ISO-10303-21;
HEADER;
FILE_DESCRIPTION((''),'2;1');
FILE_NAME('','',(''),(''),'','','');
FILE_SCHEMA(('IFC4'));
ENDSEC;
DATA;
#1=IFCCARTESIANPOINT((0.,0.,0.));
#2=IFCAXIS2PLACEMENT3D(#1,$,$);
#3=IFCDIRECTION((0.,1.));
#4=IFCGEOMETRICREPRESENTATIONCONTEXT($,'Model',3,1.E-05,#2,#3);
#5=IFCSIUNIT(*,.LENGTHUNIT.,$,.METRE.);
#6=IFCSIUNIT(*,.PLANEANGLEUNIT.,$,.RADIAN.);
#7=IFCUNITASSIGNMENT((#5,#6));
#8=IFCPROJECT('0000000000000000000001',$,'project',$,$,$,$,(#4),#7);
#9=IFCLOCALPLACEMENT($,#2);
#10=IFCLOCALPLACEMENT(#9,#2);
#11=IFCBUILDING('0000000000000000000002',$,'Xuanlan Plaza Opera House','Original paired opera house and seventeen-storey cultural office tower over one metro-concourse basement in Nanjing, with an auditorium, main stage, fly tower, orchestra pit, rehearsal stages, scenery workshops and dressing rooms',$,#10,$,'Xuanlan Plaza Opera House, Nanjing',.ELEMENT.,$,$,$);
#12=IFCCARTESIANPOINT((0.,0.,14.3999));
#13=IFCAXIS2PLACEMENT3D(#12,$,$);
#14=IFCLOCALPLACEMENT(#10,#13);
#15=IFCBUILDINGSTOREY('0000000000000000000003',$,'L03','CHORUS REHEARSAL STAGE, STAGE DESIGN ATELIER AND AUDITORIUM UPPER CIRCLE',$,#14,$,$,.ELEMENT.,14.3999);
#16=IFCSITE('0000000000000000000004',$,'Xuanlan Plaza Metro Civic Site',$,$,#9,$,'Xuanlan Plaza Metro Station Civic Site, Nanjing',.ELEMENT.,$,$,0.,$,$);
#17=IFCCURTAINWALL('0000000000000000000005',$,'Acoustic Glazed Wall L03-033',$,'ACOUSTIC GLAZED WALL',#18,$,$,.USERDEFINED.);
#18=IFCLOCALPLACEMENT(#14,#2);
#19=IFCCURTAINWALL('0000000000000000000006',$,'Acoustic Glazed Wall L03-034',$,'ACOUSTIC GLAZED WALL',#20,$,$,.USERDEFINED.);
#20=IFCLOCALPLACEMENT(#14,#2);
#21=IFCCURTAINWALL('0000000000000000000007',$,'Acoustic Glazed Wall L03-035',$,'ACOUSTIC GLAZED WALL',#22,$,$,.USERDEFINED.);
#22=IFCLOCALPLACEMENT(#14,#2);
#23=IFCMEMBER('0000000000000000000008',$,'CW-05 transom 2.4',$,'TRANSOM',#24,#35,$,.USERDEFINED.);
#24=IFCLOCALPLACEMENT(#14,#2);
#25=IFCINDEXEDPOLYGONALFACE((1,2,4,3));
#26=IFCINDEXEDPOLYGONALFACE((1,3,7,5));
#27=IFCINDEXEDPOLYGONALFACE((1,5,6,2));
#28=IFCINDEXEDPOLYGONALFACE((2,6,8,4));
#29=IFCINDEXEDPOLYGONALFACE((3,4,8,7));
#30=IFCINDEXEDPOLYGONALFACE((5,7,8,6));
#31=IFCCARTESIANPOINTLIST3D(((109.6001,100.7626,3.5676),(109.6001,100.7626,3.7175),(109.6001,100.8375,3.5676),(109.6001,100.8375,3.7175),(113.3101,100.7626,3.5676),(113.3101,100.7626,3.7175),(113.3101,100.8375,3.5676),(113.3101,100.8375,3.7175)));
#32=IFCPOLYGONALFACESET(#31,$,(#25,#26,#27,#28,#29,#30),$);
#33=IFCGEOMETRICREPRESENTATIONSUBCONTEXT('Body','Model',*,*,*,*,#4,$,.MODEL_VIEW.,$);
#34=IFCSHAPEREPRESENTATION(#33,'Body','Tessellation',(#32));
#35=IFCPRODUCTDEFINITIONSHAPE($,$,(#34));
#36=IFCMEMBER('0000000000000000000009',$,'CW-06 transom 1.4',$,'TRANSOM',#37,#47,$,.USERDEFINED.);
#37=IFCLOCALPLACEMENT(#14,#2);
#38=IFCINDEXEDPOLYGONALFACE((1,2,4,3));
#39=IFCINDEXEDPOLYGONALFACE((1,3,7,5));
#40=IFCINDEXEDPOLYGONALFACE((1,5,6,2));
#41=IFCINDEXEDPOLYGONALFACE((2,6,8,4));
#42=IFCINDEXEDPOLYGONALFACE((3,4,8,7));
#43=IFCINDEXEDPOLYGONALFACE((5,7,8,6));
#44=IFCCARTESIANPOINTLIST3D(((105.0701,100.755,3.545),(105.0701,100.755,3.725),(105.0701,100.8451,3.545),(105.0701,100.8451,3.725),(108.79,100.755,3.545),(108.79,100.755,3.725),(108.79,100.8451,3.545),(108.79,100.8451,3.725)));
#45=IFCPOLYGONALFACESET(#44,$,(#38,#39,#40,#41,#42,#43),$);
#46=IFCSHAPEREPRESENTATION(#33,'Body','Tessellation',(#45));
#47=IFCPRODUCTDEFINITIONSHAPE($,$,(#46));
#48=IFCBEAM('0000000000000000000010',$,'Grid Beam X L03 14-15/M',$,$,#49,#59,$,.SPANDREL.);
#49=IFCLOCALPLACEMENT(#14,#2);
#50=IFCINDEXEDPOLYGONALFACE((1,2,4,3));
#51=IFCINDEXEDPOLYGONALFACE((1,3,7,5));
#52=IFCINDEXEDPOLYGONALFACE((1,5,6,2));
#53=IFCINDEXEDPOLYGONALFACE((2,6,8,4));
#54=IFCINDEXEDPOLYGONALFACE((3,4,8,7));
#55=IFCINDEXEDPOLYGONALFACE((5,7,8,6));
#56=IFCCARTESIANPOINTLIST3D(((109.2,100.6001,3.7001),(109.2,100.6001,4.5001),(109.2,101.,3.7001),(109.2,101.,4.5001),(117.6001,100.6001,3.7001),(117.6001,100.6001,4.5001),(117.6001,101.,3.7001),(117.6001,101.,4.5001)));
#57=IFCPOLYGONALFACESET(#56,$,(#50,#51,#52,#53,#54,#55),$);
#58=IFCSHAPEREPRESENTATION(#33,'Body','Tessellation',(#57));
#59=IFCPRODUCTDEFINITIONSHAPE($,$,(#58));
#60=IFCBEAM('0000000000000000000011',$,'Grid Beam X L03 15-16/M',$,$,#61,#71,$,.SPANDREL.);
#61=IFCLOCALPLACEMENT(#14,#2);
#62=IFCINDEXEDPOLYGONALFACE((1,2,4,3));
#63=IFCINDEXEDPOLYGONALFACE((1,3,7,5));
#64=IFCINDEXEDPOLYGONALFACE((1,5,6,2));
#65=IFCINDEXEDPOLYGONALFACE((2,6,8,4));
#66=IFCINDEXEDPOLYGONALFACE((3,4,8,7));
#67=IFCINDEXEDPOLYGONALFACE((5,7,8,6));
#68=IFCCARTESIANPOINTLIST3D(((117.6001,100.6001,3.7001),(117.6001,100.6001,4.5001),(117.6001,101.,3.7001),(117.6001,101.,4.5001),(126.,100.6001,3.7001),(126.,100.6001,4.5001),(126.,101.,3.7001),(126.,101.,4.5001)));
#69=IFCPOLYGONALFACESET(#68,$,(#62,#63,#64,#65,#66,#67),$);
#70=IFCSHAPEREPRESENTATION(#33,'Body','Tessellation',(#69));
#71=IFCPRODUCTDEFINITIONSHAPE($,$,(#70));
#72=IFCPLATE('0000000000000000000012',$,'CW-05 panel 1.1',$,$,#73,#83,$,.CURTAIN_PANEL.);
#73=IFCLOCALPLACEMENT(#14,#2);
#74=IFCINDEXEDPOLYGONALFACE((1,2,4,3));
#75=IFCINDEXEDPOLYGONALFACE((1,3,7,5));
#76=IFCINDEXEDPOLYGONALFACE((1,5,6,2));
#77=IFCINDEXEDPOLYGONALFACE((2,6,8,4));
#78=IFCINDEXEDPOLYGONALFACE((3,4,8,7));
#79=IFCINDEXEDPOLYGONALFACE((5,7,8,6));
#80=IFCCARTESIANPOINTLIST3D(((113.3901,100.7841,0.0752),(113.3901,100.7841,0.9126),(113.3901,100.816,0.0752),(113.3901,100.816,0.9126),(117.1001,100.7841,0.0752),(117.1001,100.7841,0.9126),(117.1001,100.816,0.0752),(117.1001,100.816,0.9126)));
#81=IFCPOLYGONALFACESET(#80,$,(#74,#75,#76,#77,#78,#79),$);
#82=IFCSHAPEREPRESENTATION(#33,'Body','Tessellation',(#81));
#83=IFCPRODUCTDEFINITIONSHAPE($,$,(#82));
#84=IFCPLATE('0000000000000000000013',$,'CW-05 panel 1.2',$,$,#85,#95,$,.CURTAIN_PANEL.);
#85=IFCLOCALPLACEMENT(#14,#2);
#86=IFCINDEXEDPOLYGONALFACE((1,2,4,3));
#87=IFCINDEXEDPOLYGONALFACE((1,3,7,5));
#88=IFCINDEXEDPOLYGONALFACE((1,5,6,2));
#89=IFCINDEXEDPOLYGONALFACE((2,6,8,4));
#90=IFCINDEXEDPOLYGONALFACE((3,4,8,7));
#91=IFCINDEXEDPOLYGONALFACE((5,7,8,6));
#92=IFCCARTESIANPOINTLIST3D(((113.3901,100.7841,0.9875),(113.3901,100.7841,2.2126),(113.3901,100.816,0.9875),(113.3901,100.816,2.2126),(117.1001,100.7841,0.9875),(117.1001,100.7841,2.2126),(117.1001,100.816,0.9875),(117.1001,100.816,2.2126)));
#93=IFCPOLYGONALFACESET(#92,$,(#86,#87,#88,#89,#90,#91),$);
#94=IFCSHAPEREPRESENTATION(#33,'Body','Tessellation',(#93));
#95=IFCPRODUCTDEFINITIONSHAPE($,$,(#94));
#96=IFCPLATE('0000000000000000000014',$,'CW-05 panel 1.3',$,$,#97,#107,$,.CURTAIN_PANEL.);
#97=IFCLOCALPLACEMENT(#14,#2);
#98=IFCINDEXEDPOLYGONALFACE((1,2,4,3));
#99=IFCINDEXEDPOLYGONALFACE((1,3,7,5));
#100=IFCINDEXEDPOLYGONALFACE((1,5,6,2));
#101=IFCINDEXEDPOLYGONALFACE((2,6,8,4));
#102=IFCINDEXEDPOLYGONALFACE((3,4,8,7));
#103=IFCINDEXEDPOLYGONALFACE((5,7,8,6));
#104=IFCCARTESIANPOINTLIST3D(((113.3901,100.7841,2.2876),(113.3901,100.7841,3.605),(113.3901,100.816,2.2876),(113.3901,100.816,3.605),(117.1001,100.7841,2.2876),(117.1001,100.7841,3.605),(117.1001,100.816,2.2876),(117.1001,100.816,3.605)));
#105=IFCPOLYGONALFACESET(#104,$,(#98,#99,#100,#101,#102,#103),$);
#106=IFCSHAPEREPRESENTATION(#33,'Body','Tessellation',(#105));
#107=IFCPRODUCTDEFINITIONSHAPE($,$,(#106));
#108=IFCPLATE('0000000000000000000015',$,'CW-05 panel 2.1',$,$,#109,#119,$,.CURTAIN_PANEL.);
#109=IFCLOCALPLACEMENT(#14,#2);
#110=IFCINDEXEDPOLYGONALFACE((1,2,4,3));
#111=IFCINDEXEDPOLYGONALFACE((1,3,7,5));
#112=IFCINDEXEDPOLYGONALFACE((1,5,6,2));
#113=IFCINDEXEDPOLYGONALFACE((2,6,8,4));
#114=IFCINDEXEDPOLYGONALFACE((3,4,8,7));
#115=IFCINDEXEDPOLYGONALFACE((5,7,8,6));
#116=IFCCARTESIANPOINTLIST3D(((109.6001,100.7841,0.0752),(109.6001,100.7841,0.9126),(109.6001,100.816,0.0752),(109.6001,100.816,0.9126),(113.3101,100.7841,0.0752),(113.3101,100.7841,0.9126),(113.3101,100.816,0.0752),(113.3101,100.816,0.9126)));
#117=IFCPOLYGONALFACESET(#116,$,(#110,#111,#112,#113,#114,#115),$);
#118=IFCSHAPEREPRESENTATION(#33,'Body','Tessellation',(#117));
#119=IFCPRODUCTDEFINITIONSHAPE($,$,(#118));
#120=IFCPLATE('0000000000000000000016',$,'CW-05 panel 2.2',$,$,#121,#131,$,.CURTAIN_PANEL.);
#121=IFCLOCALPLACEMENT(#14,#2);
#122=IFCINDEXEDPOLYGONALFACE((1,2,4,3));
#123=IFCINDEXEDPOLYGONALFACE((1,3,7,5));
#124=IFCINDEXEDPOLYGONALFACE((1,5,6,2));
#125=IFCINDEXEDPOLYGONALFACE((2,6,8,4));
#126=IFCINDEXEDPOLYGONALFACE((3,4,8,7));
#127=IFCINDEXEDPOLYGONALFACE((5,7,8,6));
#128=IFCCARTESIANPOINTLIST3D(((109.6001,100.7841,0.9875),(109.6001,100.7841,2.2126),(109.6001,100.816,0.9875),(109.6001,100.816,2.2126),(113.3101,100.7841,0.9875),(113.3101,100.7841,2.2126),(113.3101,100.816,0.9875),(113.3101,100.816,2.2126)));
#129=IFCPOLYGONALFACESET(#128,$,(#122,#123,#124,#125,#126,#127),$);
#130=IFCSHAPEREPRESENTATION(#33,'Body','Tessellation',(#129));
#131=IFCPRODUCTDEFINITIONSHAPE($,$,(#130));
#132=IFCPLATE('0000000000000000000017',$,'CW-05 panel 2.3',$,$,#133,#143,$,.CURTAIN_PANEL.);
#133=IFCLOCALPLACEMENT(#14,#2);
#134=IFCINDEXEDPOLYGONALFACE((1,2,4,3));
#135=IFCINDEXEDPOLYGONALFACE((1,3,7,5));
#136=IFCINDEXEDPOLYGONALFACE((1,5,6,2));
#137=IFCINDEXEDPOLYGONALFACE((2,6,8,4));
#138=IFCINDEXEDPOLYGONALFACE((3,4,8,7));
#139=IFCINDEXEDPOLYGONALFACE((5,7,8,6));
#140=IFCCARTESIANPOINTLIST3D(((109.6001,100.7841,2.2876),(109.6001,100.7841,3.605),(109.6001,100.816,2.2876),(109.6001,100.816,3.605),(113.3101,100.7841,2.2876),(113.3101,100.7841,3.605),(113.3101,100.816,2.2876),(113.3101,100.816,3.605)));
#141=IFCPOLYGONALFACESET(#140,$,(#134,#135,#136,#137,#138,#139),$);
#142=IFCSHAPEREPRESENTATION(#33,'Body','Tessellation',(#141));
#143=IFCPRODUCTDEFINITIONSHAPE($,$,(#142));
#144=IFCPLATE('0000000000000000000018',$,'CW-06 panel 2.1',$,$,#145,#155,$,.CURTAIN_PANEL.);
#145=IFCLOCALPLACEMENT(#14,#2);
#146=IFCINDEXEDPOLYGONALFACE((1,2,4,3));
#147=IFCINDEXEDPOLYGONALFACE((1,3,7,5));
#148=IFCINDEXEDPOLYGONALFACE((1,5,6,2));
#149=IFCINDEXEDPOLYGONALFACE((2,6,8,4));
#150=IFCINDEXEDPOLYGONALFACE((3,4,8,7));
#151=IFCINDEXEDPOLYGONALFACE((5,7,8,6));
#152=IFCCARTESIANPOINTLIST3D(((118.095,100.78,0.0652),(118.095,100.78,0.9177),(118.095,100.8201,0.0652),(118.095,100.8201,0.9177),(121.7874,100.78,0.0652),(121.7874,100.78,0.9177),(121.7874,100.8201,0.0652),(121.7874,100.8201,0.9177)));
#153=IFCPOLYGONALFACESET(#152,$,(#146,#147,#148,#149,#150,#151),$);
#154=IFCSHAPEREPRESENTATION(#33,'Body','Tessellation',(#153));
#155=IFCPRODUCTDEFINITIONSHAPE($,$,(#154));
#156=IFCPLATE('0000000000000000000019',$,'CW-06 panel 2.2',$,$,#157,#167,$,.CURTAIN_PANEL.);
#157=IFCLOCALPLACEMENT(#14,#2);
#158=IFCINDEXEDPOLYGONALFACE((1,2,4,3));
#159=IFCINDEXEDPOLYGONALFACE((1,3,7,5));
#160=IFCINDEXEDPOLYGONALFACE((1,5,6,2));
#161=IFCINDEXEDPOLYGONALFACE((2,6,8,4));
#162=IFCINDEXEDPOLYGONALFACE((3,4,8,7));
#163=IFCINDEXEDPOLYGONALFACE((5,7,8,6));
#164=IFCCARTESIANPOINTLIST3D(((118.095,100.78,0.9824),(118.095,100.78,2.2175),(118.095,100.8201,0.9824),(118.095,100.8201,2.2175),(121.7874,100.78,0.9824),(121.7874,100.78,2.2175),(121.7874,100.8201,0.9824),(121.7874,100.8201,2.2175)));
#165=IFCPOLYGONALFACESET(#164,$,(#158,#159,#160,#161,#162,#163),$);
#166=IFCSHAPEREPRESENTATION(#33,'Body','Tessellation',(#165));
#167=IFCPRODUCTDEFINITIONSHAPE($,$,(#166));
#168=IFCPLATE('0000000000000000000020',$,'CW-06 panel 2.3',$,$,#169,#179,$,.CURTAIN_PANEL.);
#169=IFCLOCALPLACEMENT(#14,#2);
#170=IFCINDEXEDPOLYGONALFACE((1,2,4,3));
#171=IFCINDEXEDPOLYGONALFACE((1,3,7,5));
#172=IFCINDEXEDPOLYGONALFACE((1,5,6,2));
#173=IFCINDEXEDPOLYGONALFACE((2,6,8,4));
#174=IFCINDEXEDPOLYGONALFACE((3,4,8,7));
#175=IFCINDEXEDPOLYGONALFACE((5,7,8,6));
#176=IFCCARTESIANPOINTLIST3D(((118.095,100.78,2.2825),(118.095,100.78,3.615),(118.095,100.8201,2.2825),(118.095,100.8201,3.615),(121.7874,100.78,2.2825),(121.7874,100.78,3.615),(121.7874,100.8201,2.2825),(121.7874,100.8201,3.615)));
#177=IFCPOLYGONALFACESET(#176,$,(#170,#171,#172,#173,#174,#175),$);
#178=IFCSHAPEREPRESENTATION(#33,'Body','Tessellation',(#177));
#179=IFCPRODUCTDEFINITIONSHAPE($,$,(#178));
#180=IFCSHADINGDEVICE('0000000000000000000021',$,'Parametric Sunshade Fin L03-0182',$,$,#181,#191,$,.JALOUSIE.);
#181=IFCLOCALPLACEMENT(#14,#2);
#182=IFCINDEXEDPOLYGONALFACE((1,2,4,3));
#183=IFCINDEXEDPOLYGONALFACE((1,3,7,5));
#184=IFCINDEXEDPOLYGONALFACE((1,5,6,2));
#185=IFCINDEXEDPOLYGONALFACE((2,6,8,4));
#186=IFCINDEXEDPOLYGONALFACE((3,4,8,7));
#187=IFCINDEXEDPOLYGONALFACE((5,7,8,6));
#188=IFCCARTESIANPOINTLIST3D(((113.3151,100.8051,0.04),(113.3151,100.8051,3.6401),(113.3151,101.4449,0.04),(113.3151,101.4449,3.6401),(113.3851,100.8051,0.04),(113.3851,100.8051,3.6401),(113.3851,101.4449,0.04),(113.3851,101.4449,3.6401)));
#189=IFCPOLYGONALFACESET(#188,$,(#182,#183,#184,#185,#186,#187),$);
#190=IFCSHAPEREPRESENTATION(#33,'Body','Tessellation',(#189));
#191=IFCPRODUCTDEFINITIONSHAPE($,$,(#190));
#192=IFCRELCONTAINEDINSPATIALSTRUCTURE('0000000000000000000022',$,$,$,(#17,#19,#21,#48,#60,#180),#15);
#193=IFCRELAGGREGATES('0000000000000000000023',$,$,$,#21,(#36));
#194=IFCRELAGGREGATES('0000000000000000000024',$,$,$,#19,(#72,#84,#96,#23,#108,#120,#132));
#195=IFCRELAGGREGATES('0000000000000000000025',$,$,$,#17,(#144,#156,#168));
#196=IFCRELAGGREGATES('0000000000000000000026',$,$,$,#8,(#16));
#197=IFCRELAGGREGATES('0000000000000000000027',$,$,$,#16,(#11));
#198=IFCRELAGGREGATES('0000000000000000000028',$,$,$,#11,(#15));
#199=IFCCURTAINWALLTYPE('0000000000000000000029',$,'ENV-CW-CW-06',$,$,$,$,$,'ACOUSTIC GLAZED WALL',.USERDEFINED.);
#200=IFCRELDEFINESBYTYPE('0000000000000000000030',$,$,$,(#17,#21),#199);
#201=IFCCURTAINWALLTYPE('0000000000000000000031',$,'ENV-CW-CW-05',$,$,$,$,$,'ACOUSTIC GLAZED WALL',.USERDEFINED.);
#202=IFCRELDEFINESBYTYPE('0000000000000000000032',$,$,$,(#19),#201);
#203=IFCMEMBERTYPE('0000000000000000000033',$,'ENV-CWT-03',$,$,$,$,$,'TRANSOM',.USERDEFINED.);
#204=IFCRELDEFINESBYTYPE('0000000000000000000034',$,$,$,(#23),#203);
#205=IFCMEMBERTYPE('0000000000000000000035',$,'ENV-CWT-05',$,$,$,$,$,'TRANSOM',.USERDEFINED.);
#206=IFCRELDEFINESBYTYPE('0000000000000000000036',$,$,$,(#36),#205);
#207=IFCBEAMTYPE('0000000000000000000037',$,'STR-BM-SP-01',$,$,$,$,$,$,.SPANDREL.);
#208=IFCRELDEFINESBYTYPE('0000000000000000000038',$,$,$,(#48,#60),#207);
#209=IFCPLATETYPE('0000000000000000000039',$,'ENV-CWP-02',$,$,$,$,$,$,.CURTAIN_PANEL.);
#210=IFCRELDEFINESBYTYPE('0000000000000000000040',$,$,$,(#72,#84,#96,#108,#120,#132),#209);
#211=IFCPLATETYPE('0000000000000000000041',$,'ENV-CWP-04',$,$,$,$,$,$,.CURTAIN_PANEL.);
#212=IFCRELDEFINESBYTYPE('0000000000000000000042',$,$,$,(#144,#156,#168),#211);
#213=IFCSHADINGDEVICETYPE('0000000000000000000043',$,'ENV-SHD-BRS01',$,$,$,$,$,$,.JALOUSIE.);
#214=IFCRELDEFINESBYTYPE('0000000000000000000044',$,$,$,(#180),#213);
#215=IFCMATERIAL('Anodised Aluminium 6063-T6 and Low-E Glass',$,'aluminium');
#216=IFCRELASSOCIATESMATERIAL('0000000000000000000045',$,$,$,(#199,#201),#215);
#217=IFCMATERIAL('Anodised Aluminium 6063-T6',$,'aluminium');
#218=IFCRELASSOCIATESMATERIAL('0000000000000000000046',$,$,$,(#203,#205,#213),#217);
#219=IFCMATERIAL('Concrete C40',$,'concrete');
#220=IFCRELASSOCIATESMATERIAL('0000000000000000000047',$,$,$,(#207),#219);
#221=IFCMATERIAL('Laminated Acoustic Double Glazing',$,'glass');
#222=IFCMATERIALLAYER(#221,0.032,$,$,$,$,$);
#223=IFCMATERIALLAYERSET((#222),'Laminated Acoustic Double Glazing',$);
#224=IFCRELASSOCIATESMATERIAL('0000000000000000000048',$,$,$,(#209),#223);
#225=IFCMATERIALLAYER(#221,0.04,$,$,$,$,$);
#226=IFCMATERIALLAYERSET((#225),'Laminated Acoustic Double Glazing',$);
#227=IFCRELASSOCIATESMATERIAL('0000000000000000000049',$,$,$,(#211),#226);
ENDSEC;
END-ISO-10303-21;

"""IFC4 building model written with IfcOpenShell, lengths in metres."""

from ifc_helpers import new_model, si_unit, direction, frame, origin, origin_2d, place, context, subcontext, project, spatial, rectangle, extrude, material, layer, layer_set, material_profile, profile_set, type_object, element, aggregate, save


model = new_model("IFC4")

# Units and contexts
model_context = context("Model", 3, precision=1e-05, world=origin(), true_north=direction((0.0, 1.0)))
body_context = subcontext(model_context, "Body", "Model", "MODEL_VIEW")
ifc_project = project(units=[si_unit("LENGTHUNIT", "METRE"), si_unit("PLANEANGLEUNIT", "RADIAN")], contexts=[model_context])

# Site, building, storey
site_placement = place(None, origin())
site = spatial("IfcSite", under=ifc_project, at=site_placement, Name="Xuanlan Plaza Metro Civic Site", LongName="Xuanlan Plaza Metro Station Civic Site, Nanjing", CompositionType="ELEMENT", RefElevation=0.0)
building_placement = place(site_placement, origin())
building = spatial("IfcBuilding", under=site, at=building_placement, Name="Xuanlan Plaza Opera House", Description="Original paired opera house and seventeen-storey cultural office tower over one metro-concourse basement in Nanjing, with an auditorium, main stage, fly tower, orchestra pit, rehearsal stages, scenery workshops and dressing rooms", LongName="Xuanlan Plaza Opera House, Nanjing", CompositionType="ELEMENT")
storey_placement = place(building_placement, frame((0.0, 0.0, 14.3999)))
storey = spatial("IfcBuildingStorey", under=building, at=storey_placement, Name="L03", Description="CHORUS REHEARSAL STAGE, STAGE DESIGN ATELIER AND AUDITORIUM UPPER CIRCLE", CompositionType="ELEMENT", Elevation=14.3999)

# Shared definitions
ifc_material_1 = material(Name="Concrete C40", Category="concrete")

# Curtain wall
ifc_material_2 = material(Name="Anodised Aluminium 6063-T6 and Low-E Glass", Category="aluminium")
curtain_wall_type_1 = type_object("IfcCurtainWallType", Name="ENV-CW-CW-06", ElementType="ACOUSTIC GLAZED WALL", PredefinedType="USERDEFINED", material=ifc_material_2)
curtain_wall_1_placement = place(storey_placement, origin())
curtain_wall_1 = element("IfcCurtainWall", 1, at=curtain_wall_1_placement, inside=storey, type_object=curtain_wall_type_1, Name="Acoustic Glazed Wall L03-033", ObjectType="ACOUSTIC GLAZED WALL", PredefinedType="USERDEFINED")
ifc_material_3 = material(Name="Anodised Aluminium 6063-T6", Category="aluminium")

# Curtain wall
curtain_wall_type_2 = type_object("IfcCurtainWallType", Name="ENV-CW-CW-05", ElementType="ACOUSTIC GLAZED WALL", PredefinedType="USERDEFINED", material=ifc_material_2)
curtain_wall_2_placement = place(storey_placement, origin())
curtain_wall_2 = element("IfcCurtainWall", 2, at=curtain_wall_2_placement, inside=storey, type_object=curtain_wall_type_2, Name="Acoustic Glazed Wall L03-034", ObjectType="ACOUSTIC GLAZED WALL", PredefinedType="USERDEFINED")

# Curtain wall
curtain_wall_3_placement = place(storey_placement, origin())
curtain_wall_3 = element("IfcCurtainWall", 3, at=curtain_wall_3_placement, inside=storey, type_object=curtain_wall_type_1, Name="Acoustic Glazed Wall L03-035", ObjectType="ACOUSTIC GLAZED WALL", PredefinedType="USERDEFINED")

# Members
ifc_material_profile_1 = material_profile(ifc_material_3, rectangle(XDim=0.075, YDim=0.1499, at=origin_2d()), Name="ALU-T 75x150")
ifc_profile_set_1 = profile_set([ifc_material_profile_1], Name="Anodised Aluminium 6063-T6")
member_type_1 = type_object("IfcMemberType", Name="ENV-CWT-03", ElementType="TRANSOM", PredefinedType="USERDEFINED", material=ifc_profile_set_1)
member_1_placement = place(storey_placement, frame((113.3101, 100.8, 3.6426), z_axis=(-1.0, 0.0, 0.0), x_axis=(0.0, -1.0, 0.0)))
member_1 = element("IfcMember", 4, at=member_1_placement, type_object=member_type_1, Name="CW-05 transom 2.4", ObjectType="TRANSOM", PredefinedType="USERDEFINED", context=body_context, shape_type="SweptSolid", body=[
    extrude(rectangle(XDim=0.075, YDim=0.1499, at=origin_2d()), origin(), (0.0, 0.0, 1.0), 3.71),
])
ifc_material_profile_2 = material_profile(ifc_material_3, rectangle(XDim=0.0901, YDim=0.1799, at=origin_2d()), Name="ALU-T 90x180")
ifc_profile_set_2 = profile_set([ifc_material_profile_2], Name="Anodised Aluminium 6063-T6")
member_type_2 = type_object("IfcMemberType", Name="ENV-CWT-05", ElementType="TRANSOM", PredefinedType="USERDEFINED", material=ifc_profile_set_2)
member_2_placement = place(storey_placement, frame((108.79, 100.8, 3.635), z_axis=(-1.0, 0.0, 0.0), x_axis=(0.0, -1.0, 0.0)))
member_2 = element("IfcMember", 5, at=member_2_placement, type_object=member_type_2, Name="CW-06 transom 1.4", ObjectType="TRANSOM", PredefinedType="USERDEFINED", context=body_context, shape_type="SweptSolid", body=[
    extrude(rectangle(XDim=0.0901, YDim=0.1799, at=origin_2d()), origin(), (0.0, 0.0, 1.0), 3.72),
])
aggregate(curtain_wall_3, [member_2])

# Beams
ifc_material_profile_3 = material_profile(ifc_material_1, rectangle(XDim=0.3999, YDim=0.8, at=origin_2d()), Name="RC-SPD 400x800")
ifc_profile_set_3 = profile_set([ifc_material_profile_3], Name="Concrete C40")
beam_type = type_object("IfcBeamType", Name="STR-BM-SP-01", PredefinedType="SPANDREL", material=ifc_profile_set_3)
beam_1_placement = place(storey_placement, frame((109.2, 100.8, 4.1001), z_axis=(1.0, 0.0, 0.0), x_axis=(0.0, 1.0, 0.0)))
element("IfcBeam", 6, at=beam_1_placement, inside=storey, type_object=beam_type, Name="Grid Beam X L03 14-15/M", PredefinedType="SPANDREL", context=body_context, shape_type="SweptSolid", body=[
    extrude(rectangle(XDim=0.3999, YDim=0.8, at=origin_2d()), origin(), (0.0, 0.0, 1.0), 8.4001),
])
beam_2_placement = place(storey_placement, frame((117.6001, 100.8, 4.1001), z_axis=(1.0, 0.0, 0.0), x_axis=(0.0, 1.0, 0.0)))
element("IfcBeam", 7, at=beam_2_placement, inside=storey, type_object=beam_type, Name="Grid Beam X L03 15-16/M", PredefinedType="SPANDREL", context=body_context, shape_type="SweptSolid", body=[
    extrude(rectangle(XDim=0.3999, YDim=0.8, at=origin_2d()), origin(), (0.0, 0.0, 1.0), 8.3999),
])

# Plates
ifc_material_4 = material(Name="Laminated Acoustic Double Glazing", Category="glass")
ifc_layer_1 = layer(ifc_material_4, 0.032)
ifc_layer_set_1 = layer_set([ifc_layer_1], Name="Laminated Acoustic Double Glazing")
plate_type_1 = type_object("IfcPlateType", Name="ENV-CWP-02", PredefinedType="CURTAIN_PANEL", material=ifc_layer_set_1)
plate_1_placement = place(storey_placement, frame((115.2451, 100.8, 0.0752), z_axis=(0.0, 0.0, 1.0), x_axis=(-1.0, 0.0, 0.0)))
plate_1 = element("IfcPlate", 8, at=plate_1_placement, type_object=plate_type_1, Name="CW-05 panel 1.1", PredefinedType="CURTAIN_PANEL", context=body_context, shape_type="SweptSolid", body=[
    extrude(rectangle(XDim=3.71, YDim=0.032, at=origin_2d()), origin(), (0.0, 0.0, 1.0), 0.8374),
])
plate_2_placement = place(storey_placement, frame((115.2451, 100.8, 0.9875), z_axis=(0.0, 0.0, 1.0), x_axis=(-1.0, 0.0, 0.0)))
plate_2 = element("IfcPlate", 9, at=plate_2_placement, type_object=plate_type_1, Name="CW-05 panel 1.2", PredefinedType="CURTAIN_PANEL", context=body_context, shape_type="SweptSolid", body=[
    extrude(rectangle(XDim=3.71, YDim=0.032, at=origin_2d()), origin(), (0.0, 0.0, 1.0), 1.2251),
])
plate_3_placement = place(storey_placement, frame((115.2451, 100.8, 2.2876), z_axis=(0.0, 0.0, 1.0), x_axis=(-1.0, 0.0, 0.0)))
plate_3 = element("IfcPlate", 10, at=plate_3_placement, type_object=plate_type_1, Name="CW-05 panel 1.3", PredefinedType="CURTAIN_PANEL", context=body_context, shape_type="SweptSolid", body=[
    extrude(rectangle(XDim=3.71, YDim=0.032, at=origin_2d()), origin(), (0.0, 0.0, 1.0), 1.3174),
])
plate_4_placement = place(storey_placement, frame((111.4551, 100.8, 0.0752), z_axis=(0.0, 0.0, 1.0), x_axis=(-1.0, 0.0, 0.0)))
plate_4 = element("IfcPlate", 11, at=plate_4_placement, type_object=plate_type_1, Name="CW-05 panel 2.1", PredefinedType="CURTAIN_PANEL", context=body_context, shape_type="SweptSolid", body=[
    extrude(rectangle(XDim=3.71, YDim=0.032, at=origin_2d()), origin(), (0.0, 0.0, 1.0), 0.8374),
])
plate_5_placement = place(storey_placement, frame((111.4551, 100.8, 0.9875), z_axis=(0.0, 0.0, 1.0), x_axis=(-1.0, 0.0, 0.0)))
plate_5 = element("IfcPlate", 12, at=plate_5_placement, type_object=plate_type_1, Name="CW-05 panel 2.2", PredefinedType="CURTAIN_PANEL", context=body_context, shape_type="SweptSolid", body=[
    extrude(rectangle(XDim=3.71, YDim=0.032, at=origin_2d()), origin(), (0.0, 0.0, 1.0), 1.2251),
])
plate_6_placement = place(storey_placement, frame((111.4551, 100.8, 2.2876), z_axis=(0.0, 0.0, 1.0), x_axis=(-1.0, 0.0, 0.0)))
plate_6 = element("IfcPlate", 13, at=plate_6_placement, type_object=plate_type_1, Name="CW-05 panel 2.3", PredefinedType="CURTAIN_PANEL", context=body_context, shape_type="SweptSolid", body=[
    extrude(rectangle(XDim=3.71, YDim=0.032, at=origin_2d()), origin(), (0.0, 0.0, 1.0), 1.3174),
])
aggregate(curtain_wall_2, [plate_1, plate_2, plate_3, member_1, plate_4, plate_5, plate_6])
ifc_layer_2 = layer(ifc_material_4, 0.04)
ifc_layer_set_2 = layer_set([ifc_layer_2], Name="Laminated Acoustic Double Glazing")
plate_type_2 = type_object("IfcPlateType", Name="ENV-CWP-04", PredefinedType="CURTAIN_PANEL", material=ifc_layer_set_2)
plate_7_placement = place(storey_placement, frame((119.9412, 100.8, 0.0652), z_axis=(0.0, 0.0, 1.0), x_axis=(-1.0, 0.0, 0.0)))
plate_7 = element("IfcPlate", 14, at=plate_7_placement, type_object=plate_type_2, Name="CW-06 panel 2.1", PredefinedType="CURTAIN_PANEL", context=body_context, shape_type="SweptSolid", body=[
    extrude(rectangle(XDim=3.6924, YDim=0.04, at=origin_2d()), origin(), (0.0, 0.0, 1.0), 0.8525),
])
plate_8_placement = place(storey_placement, frame((119.9412, 100.8, 0.9824), z_axis=(0.0, 0.0, 1.0), x_axis=(-1.0, 0.0, 0.0)))
plate_8 = element("IfcPlate", 15, at=plate_8_placement, type_object=plate_type_2, Name="CW-06 panel 2.2", PredefinedType="CURTAIN_PANEL", context=body_context, shape_type="SweptSolid", body=[
    extrude(rectangle(XDim=3.6924, YDim=0.04, at=origin_2d()), origin(), (0.0, 0.0, 1.0), 1.2351),
])
plate_9_placement = place(storey_placement, frame((119.9412, 100.8, 2.2825), z_axis=(0.0, 0.0, 1.0), x_axis=(-1.0, 0.0, 0.0)))
plate_9 = element("IfcPlate", 16, at=plate_9_placement, type_object=plate_type_2, Name="CW-06 panel 2.3", PredefinedType="CURTAIN_PANEL", context=body_context, shape_type="SweptSolid", body=[
    extrude(rectangle(XDim=3.6924, YDim=0.04, at=origin_2d()), origin(), (0.0, 0.0, 1.0), 1.3325),
])
aggregate(curtain_wall_1, [plate_7, plate_8, plate_9])

# Shading device
shading_device_type = type_object("IfcShadingDeviceType", Name="ENV-SHD-BRS01", PredefinedType="JALOUSIE", material=ifc_material_3)
for number, where, z_axis, x_axis, name in (
    (17, (113.3501, 101.125, 0.04), (0.0, 0.0, 1.0), (0.0, 1.0, 0.0), "Parametric Sunshade Fin L03-0182"),
):
    element("IfcShadingDevice", number, at=place(storey_placement, frame(where, z_axis=z_axis, x_axis=x_axis)), inside=storey, type_object=shading_device_type, Name=name, PredefinedType="JALOUSIE", context=body_context, shape_type="SweptSolid", body=[
        extrude(rectangle(XDim=0.6399, YDim=0.0701, at=origin_2d()), origin(), (0.0, 0.0, 1.0), 3.6001),
    ])

save(model, "model.ifc")
